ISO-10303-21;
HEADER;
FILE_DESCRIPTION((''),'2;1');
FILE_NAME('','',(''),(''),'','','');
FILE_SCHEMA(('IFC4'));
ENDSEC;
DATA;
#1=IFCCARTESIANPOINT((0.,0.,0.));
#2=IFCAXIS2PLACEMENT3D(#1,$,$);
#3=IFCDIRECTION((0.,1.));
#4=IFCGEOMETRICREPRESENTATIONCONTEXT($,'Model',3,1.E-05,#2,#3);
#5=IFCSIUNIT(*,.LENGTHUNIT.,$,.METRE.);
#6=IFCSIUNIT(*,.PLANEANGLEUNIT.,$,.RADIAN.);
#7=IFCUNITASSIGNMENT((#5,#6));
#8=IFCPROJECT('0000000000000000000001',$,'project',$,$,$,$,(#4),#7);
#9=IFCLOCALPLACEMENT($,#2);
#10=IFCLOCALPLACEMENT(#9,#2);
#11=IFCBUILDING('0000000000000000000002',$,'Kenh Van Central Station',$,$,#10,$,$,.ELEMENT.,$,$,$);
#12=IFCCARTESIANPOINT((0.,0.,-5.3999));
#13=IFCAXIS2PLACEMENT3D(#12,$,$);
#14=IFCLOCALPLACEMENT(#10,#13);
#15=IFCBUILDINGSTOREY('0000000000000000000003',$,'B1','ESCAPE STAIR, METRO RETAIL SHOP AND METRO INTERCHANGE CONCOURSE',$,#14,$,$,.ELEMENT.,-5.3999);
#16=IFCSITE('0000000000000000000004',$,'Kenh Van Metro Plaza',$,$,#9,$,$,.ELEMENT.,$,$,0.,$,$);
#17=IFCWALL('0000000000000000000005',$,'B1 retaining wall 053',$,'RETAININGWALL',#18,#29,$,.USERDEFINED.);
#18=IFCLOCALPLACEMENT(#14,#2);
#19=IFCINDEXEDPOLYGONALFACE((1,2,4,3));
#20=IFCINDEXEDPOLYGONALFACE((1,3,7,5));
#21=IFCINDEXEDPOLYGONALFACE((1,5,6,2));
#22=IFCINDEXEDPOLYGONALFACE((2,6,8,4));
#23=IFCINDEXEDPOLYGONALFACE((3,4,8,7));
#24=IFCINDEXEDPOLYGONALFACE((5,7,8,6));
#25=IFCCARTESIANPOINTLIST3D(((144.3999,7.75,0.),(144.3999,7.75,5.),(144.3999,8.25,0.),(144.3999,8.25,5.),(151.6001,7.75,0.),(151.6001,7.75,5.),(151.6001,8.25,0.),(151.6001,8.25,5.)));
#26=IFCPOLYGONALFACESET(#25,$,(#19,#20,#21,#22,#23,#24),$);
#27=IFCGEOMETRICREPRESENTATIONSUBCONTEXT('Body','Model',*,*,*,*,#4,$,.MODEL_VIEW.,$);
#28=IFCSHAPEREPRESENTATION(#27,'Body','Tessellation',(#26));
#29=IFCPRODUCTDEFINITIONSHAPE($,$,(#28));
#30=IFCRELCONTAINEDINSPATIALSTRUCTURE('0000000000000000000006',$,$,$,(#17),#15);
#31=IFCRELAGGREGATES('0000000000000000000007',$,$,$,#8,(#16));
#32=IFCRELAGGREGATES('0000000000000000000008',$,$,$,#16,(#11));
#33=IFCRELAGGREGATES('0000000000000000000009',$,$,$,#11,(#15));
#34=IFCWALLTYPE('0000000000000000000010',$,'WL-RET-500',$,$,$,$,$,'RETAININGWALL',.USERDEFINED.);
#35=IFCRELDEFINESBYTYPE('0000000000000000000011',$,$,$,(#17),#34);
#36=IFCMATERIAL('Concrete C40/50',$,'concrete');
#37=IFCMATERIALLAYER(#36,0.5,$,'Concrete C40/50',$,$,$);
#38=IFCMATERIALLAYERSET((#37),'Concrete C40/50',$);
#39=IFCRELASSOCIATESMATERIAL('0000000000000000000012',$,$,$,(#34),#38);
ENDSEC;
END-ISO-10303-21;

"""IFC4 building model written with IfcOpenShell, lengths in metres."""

from ifc_helpers import new_model, si_unit, direction, frame, frame_2d, origin, place, context, subcontext, project, spatial, rectangle, extrude, material, layer, layer_set, type_object, element, save


model = new_model("IFC4")

# Units and contexts
model_context = context("Model", 3, precision=1e-05, world=origin(), true_north=direction((0.0, 1.0)))
body_context = subcontext(model_context, "Body", "Model", "MODEL_VIEW")
ifc_project = project(units=[si_unit("LENGTHUNIT", "METRE"), si_unit("PLANEANGLEUNIT", "RADIAN")], contexts=[model_context])

# Site, building, storey
site_placement = place(None, origin())
site = spatial("IfcSite", under=ifc_project, at=site_placement, Name="Kenh Van Metro Plaza", CompositionType="ELEMENT", RefElevation=0.0)
building_placement = place(site_placement, origin())
building = spatial("IfcBuilding", under=site, at=building_placement, Name="Kenh Van Central Station", CompositionType="ELEMENT")
storey_placement = place(building_placement, frame((0.0, 0.0, -5.3999)))
storey = spatial("IfcBuildingStorey", under=building, at=storey_placement, Name="B1", Description="ESCAPE STAIR, METRO RETAIL SHOP AND METRO INTERCHANGE CONCOURSE", CompositionType="ELEMENT", Elevation=-5.3999)

# Shared definitions
ifc_material_1 = material(Name="Concrete C40/50", Category="concrete")

# Wall
ifc_layer_1 = layer(ifc_material_1, 0.5, Name="Concrete C40/50")
ifc_layer_set_1 = layer_set([ifc_layer_1], Name="Concrete C40/50")
wall_type_1 = type_object("IfcWallType", Name="WL-RET-500", ElementType="RETAININGWALL", PredefinedType="USERDEFINED", material=ifc_layer_set_1)
wall_1_placement = place(storey_placement, frame((144.3999, 8.0, 0.0), z_axis=(0.0, 0.0, 1.0), x_axis=(1.0, 0.0, 0.0)))
element("IfcWall", 1, at=wall_1_placement, inside=storey, type_object=wall_type_1, Name="B1 retaining wall 053", ObjectType="RETAININGWALL", PredefinedType="USERDEFINED", context=body_context, shape_type="SweptSolid", body=[
    extrude(rectangle(XDim=7.2002, YDim=0.5, at=frame_2d((3.6001, 0.0))), origin(), (0.0, 0.0, 1.0), 5.0),
])

save(model, "model.ifc")
